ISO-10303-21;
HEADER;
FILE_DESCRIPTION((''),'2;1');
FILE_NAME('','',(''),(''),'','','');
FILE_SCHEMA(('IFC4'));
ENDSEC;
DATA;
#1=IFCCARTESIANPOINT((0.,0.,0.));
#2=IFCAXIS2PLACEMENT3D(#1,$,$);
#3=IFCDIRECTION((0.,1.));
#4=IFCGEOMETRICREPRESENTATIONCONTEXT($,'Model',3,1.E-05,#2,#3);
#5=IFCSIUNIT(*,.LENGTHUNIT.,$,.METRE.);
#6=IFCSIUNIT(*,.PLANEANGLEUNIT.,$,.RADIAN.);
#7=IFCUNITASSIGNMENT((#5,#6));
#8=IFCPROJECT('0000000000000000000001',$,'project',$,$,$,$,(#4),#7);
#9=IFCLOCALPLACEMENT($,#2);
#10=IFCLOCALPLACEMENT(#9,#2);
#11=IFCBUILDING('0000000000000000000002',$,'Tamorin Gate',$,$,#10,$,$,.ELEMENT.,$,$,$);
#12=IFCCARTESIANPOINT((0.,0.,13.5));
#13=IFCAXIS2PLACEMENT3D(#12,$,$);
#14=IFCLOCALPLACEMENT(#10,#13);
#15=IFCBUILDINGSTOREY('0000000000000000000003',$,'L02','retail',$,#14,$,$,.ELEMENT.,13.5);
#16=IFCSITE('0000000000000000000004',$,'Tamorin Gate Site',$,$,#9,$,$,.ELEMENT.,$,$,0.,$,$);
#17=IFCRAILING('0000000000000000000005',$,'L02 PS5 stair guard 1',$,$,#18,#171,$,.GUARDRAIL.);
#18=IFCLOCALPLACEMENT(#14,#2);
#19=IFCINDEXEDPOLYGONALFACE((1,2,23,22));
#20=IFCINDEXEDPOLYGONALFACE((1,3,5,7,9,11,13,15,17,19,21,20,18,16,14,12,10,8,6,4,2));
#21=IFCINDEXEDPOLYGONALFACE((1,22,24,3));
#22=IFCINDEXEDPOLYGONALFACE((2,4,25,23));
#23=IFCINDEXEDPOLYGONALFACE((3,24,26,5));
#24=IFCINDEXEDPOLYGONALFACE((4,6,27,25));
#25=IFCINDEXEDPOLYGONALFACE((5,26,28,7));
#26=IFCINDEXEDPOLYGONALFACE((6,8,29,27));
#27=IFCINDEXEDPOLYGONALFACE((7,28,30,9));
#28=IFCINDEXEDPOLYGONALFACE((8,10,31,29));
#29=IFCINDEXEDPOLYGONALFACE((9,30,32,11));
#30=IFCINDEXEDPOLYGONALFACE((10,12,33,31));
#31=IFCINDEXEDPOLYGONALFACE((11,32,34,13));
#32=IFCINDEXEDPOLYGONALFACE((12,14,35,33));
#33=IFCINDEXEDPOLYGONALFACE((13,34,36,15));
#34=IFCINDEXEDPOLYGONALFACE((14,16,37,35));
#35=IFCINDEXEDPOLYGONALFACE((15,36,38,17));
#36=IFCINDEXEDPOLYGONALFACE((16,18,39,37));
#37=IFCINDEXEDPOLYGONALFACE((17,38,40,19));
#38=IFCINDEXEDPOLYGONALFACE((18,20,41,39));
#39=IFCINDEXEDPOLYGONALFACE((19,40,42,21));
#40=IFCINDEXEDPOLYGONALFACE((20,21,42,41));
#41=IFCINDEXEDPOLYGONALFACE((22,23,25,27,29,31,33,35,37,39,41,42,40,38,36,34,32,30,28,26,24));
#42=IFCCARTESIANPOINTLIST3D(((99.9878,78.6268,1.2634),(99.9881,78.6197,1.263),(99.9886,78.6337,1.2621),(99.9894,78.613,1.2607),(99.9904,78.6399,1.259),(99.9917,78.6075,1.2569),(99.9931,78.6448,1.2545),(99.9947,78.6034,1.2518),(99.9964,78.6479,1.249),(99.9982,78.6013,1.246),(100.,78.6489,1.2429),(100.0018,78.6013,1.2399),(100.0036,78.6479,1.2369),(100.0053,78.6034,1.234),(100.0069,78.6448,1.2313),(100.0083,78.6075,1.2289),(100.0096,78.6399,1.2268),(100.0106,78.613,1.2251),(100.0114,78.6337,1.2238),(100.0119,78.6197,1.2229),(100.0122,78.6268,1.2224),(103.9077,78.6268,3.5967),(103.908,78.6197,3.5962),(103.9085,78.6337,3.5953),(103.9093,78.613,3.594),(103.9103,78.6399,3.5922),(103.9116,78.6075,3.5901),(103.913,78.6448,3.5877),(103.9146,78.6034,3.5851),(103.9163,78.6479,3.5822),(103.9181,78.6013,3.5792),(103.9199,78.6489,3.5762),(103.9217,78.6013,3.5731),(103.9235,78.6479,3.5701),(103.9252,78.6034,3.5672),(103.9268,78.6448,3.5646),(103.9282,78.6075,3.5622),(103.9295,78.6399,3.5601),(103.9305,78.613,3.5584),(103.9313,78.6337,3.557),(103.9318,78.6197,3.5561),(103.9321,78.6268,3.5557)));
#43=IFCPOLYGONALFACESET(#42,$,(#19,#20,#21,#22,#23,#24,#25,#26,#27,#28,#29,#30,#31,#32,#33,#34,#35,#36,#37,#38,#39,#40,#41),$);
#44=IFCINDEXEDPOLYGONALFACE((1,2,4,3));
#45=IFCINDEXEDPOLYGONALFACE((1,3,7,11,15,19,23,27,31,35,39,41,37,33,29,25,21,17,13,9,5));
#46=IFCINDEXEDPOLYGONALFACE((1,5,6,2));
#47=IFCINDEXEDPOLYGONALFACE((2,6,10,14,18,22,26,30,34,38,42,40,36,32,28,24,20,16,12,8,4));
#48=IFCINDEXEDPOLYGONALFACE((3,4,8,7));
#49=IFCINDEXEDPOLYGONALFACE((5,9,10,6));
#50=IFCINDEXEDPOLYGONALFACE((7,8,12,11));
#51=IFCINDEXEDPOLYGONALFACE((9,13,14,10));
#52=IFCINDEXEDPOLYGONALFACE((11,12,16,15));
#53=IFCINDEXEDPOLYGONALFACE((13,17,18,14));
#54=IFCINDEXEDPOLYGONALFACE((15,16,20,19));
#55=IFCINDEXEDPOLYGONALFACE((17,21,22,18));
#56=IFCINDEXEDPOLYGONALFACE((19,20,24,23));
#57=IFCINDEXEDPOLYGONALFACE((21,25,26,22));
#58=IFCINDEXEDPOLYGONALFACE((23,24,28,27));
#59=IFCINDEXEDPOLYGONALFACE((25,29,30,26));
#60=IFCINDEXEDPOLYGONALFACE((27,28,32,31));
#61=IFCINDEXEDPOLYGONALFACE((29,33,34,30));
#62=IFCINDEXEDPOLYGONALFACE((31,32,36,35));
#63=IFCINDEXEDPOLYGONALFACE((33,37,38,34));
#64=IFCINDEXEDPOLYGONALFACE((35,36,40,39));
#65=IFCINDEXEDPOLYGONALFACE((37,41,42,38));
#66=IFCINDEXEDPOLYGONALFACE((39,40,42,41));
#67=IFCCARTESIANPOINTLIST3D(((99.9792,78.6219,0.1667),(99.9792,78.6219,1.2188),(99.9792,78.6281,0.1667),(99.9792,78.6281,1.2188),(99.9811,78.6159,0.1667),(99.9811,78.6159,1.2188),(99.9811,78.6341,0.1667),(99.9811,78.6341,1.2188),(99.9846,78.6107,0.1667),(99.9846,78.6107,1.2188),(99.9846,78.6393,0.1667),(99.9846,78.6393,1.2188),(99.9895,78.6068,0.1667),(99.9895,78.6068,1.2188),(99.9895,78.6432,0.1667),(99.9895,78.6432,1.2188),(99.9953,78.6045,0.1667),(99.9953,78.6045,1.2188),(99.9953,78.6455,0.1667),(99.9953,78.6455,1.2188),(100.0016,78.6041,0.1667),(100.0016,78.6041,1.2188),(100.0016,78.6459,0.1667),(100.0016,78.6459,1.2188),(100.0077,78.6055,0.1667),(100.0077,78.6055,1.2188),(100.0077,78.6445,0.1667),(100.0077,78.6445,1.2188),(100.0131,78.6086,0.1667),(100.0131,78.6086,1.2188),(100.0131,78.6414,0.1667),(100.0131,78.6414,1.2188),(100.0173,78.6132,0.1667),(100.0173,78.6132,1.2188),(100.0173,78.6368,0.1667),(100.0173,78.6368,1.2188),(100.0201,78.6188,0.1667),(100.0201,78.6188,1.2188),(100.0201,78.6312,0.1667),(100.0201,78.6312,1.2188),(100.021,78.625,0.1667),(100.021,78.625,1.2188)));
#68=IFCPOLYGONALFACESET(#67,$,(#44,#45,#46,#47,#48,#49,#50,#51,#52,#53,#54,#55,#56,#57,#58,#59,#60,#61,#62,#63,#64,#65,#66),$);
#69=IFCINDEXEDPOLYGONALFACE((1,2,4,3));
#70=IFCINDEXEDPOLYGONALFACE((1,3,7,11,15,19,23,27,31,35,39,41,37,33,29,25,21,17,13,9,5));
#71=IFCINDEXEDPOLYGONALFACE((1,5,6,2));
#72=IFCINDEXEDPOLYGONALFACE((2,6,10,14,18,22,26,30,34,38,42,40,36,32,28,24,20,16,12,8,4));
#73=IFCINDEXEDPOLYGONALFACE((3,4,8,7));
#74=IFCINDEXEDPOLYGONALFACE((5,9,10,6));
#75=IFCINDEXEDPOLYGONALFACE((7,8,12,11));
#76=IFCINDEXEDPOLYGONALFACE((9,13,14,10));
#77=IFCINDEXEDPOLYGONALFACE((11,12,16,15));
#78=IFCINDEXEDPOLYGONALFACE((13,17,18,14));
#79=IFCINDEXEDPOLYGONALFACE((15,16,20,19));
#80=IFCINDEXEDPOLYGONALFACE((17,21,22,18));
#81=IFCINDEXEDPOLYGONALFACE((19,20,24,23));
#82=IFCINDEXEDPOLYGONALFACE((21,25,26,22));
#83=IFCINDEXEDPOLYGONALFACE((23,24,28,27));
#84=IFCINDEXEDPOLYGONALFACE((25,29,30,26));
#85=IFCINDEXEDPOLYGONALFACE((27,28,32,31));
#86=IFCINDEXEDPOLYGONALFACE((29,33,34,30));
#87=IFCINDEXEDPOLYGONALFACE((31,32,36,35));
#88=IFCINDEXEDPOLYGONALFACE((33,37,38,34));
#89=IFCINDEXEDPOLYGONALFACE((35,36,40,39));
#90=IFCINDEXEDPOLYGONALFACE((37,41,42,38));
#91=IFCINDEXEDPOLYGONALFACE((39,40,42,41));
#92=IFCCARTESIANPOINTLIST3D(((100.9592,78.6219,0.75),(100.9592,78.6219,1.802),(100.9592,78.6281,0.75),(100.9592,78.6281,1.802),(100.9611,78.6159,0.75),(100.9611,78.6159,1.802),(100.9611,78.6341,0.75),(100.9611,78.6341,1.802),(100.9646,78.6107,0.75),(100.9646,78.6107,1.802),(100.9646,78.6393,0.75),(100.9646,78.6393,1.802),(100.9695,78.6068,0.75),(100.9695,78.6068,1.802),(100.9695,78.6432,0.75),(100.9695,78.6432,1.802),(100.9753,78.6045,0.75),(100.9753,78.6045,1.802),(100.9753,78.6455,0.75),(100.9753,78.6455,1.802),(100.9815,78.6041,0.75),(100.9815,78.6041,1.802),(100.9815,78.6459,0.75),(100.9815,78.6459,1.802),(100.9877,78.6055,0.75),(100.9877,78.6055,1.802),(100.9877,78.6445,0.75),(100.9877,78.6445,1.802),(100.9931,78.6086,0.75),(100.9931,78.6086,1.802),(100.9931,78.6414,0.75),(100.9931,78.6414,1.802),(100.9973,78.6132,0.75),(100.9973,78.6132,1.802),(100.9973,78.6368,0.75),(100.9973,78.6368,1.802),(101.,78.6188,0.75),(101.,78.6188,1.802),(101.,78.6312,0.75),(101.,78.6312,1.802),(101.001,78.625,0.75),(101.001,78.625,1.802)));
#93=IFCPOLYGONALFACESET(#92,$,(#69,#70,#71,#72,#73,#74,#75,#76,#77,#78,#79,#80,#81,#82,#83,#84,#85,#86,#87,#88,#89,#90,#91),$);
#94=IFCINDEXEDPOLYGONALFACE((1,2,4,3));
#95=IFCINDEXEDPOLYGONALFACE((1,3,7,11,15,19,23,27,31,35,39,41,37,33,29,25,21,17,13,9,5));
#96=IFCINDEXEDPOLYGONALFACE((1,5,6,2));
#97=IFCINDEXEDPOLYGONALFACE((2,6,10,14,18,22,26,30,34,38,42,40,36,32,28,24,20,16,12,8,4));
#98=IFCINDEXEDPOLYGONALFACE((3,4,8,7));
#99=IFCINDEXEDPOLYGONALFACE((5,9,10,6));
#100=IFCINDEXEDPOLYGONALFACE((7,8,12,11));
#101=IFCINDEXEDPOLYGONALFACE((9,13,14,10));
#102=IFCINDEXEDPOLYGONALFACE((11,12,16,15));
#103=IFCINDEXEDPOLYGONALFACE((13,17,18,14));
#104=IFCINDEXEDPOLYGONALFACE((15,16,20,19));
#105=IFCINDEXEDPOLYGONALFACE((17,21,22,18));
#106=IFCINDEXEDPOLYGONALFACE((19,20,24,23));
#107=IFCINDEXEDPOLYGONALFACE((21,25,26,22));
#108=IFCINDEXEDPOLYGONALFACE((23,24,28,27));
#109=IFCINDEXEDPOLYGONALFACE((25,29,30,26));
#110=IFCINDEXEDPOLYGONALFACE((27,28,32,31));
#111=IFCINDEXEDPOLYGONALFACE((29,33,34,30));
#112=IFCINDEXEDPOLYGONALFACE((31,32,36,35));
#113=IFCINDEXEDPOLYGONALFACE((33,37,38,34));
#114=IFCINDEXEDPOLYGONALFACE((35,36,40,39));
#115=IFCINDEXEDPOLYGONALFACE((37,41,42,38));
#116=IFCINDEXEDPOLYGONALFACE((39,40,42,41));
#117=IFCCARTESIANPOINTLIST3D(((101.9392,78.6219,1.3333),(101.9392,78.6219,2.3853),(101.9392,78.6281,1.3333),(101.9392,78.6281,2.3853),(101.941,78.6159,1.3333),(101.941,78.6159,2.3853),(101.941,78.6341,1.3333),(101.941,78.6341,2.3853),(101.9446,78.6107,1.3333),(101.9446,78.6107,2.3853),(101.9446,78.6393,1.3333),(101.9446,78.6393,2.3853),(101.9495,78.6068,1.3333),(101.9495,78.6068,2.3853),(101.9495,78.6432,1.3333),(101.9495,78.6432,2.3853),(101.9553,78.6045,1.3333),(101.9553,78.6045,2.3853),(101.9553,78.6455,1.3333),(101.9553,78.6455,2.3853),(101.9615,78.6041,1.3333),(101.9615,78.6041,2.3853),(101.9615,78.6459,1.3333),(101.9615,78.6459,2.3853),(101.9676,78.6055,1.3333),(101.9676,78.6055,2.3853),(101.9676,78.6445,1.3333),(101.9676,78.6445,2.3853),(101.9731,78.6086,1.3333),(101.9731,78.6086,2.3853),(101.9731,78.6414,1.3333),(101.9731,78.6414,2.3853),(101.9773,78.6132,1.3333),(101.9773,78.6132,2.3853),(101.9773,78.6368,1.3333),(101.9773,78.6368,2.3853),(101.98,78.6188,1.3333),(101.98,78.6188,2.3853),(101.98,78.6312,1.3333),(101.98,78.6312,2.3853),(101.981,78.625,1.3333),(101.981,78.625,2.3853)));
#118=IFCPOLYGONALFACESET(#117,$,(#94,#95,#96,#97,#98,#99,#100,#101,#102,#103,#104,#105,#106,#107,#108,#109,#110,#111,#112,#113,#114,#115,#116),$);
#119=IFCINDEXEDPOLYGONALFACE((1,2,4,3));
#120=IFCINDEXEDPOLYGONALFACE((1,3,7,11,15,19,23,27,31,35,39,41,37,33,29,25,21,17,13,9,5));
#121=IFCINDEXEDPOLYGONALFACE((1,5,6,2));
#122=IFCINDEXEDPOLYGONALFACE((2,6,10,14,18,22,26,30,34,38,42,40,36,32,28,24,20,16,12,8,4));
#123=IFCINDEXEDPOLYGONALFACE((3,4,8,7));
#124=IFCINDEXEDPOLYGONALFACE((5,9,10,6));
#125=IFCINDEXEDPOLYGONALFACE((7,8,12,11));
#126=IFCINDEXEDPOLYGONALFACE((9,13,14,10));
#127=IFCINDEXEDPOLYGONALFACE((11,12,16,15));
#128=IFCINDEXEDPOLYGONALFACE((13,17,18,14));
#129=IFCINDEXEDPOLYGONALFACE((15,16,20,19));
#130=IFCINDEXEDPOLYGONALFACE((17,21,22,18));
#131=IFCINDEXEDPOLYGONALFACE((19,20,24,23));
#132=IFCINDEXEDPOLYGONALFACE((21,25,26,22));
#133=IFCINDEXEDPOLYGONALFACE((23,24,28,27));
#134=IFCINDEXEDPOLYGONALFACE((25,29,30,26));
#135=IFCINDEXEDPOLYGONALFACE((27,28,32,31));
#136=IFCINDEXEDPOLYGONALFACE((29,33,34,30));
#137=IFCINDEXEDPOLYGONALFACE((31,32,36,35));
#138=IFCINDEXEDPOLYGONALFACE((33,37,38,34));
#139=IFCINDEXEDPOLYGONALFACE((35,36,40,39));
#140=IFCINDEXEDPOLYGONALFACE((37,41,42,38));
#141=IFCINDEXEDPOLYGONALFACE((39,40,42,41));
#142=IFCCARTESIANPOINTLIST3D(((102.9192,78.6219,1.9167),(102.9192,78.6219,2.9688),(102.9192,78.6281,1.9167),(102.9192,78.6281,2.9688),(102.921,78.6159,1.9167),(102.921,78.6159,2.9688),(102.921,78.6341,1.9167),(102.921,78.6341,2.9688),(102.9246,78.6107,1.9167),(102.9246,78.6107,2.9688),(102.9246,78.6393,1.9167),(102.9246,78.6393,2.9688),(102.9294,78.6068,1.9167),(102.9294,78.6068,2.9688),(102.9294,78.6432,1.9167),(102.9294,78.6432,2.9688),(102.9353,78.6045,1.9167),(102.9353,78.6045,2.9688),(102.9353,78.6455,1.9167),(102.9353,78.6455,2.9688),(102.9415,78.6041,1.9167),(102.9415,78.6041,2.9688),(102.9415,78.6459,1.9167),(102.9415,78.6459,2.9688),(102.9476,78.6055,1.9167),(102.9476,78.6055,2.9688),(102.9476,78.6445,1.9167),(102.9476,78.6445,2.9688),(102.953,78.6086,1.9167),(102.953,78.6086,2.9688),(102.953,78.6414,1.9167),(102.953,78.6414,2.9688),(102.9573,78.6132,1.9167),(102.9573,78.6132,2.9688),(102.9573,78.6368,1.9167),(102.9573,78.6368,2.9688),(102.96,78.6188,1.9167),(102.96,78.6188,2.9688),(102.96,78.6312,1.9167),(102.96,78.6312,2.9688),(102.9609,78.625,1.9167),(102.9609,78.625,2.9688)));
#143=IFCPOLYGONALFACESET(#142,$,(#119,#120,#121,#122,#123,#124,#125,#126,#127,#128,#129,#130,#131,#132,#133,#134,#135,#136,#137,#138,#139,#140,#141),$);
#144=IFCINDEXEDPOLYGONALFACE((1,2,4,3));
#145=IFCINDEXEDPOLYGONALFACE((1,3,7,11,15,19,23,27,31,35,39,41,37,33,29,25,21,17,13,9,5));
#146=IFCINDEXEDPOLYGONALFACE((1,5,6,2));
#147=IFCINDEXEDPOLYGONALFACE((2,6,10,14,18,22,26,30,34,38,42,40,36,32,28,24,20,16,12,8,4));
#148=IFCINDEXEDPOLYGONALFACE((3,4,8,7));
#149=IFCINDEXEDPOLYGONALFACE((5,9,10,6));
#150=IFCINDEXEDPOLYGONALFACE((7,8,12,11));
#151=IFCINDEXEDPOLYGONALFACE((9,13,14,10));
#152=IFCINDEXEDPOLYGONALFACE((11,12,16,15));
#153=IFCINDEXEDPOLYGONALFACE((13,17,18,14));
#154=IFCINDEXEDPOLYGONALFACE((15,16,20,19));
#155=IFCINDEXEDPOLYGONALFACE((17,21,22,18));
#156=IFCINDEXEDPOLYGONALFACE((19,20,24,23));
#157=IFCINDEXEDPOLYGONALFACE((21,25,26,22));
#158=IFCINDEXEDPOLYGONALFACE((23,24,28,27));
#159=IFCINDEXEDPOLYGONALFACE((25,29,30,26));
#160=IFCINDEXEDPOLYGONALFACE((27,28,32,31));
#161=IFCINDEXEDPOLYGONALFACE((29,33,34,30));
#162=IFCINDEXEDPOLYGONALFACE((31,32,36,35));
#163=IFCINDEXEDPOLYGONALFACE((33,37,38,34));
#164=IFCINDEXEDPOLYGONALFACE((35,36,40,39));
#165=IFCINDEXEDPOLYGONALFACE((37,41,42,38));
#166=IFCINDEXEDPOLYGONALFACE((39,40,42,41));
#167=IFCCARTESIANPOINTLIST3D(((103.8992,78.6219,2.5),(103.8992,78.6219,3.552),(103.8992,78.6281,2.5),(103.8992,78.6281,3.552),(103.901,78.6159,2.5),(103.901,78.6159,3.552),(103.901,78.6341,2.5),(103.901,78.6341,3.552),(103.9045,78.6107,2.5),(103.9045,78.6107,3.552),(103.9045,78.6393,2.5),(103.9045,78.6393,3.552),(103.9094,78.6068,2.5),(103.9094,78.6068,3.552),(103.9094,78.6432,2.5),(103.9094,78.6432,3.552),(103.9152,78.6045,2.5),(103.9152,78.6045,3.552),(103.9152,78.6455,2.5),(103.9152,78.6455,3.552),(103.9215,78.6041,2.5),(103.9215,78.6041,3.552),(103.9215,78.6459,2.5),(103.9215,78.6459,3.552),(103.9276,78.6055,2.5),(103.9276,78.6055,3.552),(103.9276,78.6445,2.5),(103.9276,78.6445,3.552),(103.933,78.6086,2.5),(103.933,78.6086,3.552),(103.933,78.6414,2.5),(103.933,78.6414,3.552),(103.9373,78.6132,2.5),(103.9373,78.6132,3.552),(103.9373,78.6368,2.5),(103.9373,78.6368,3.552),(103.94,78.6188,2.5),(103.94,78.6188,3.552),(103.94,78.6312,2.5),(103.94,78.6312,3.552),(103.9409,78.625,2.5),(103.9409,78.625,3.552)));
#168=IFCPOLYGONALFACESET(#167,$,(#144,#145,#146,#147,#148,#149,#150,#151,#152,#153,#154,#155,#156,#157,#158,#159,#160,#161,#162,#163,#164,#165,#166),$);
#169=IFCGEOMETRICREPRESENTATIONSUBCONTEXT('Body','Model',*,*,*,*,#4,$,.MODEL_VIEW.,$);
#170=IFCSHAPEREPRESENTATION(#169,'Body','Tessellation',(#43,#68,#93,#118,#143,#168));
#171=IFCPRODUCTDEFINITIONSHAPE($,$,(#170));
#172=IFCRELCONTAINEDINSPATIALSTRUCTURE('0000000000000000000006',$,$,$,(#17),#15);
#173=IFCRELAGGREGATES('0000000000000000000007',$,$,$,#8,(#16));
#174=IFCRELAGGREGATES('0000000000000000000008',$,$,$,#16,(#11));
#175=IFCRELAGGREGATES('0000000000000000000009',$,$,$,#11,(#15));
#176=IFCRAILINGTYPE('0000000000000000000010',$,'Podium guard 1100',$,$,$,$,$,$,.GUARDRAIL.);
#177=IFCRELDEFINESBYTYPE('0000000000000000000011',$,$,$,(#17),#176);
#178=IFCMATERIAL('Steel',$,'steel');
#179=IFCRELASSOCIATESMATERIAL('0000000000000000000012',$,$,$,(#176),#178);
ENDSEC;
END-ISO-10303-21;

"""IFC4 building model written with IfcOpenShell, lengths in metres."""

from ifc_helpers import new_model, si_unit, direction, frame, origin, origin_2d, place, context, subcontext, project, spatial, circle, extrude, material, type_object, element, save


model = new_model("IFC4")

# Units and contexts
model_context = context("Model", 3, precision=1e-05, world=origin(), true_north=direction((0.0, 1.0)))
body_context = subcontext(model_context, "Body", "Model", "MODEL_VIEW")
ifc_project = project(units=[si_unit("LENGTHUNIT", "METRE"), si_unit("PLANEANGLEUNIT", "RADIAN")], contexts=[model_context])

# Site, building, storey
site_placement = place(None, origin())
site = spatial("IfcSite", under=ifc_project, at=site_placement, Name="Tamorin Gate Site", CompositionType="ELEMENT", RefElevation=0.0)
building_placement = place(site_placement, origin())
building = spatial("IfcBuilding", under=site, at=building_placement, Name="Tamorin Gate", CompositionType="ELEMENT")
storey_placement = place(building_placement, frame((0.0, 0.0, 13.5)))
storey = spatial("IfcBuildingStorey", under=building, at=storey_placement, Name="L02", Description="retail", CompositionType="ELEMENT", Elevation=13.5)

# Railing
ifc_material_1 = material(Name="Steel", Category="steel")
railing_type_1 = type_object("IfcRailingType", Name="Podium guard 1100", PredefinedType="GUARDRAIL", material=ifc_material_1)
railing_1_placement = place(storey_placement, frame((100.0, 78.625, 0.1667)))
element("IfcRailing", 1, at=railing_1_placement, inside=storey, type_object=railing_type_1, Name="L02 PS5 stair guard 1", PredefinedType="GUARDRAIL", context=body_context, shape_type="SweptSolid", body=[
    extrude(circle(Radius=0.0239, at=origin_2d()), frame((0.0, 0.0, 1.0762), z_axis=(0.859296, 0.0, 0.511478), x_axis=(0.0, 1.0, 0.0)), (0.0, 0.0, 1.0), 4.5618),
    extrude(circle(Radius=0.021, at=origin_2d()), origin(), (0.0, 0.0, 1.0), 1.052),
    extrude(circle(Radius=0.021, at=origin_2d()), frame((0.98, 0.0, 0.5833)), (0.0, 0.0, 1.0), 1.052),
    extrude(circle(Radius=0.021, at=origin_2d()), frame((1.96, 0.0, 1.1665)), (0.0, 0.0, 1.0), 1.052),
    extrude(circle(Radius=0.021, at=origin_2d()), frame((2.9399, 0.0, 1.75)), (0.0, 0.0, 1.0), 1.052),
    extrude(circle(Radius=0.021, at=origin_2d()), frame((3.9199, 0.0, 2.3333)), (0.0, 0.0, 1.0), 1.052),
])

save(model, "model.ifc")
